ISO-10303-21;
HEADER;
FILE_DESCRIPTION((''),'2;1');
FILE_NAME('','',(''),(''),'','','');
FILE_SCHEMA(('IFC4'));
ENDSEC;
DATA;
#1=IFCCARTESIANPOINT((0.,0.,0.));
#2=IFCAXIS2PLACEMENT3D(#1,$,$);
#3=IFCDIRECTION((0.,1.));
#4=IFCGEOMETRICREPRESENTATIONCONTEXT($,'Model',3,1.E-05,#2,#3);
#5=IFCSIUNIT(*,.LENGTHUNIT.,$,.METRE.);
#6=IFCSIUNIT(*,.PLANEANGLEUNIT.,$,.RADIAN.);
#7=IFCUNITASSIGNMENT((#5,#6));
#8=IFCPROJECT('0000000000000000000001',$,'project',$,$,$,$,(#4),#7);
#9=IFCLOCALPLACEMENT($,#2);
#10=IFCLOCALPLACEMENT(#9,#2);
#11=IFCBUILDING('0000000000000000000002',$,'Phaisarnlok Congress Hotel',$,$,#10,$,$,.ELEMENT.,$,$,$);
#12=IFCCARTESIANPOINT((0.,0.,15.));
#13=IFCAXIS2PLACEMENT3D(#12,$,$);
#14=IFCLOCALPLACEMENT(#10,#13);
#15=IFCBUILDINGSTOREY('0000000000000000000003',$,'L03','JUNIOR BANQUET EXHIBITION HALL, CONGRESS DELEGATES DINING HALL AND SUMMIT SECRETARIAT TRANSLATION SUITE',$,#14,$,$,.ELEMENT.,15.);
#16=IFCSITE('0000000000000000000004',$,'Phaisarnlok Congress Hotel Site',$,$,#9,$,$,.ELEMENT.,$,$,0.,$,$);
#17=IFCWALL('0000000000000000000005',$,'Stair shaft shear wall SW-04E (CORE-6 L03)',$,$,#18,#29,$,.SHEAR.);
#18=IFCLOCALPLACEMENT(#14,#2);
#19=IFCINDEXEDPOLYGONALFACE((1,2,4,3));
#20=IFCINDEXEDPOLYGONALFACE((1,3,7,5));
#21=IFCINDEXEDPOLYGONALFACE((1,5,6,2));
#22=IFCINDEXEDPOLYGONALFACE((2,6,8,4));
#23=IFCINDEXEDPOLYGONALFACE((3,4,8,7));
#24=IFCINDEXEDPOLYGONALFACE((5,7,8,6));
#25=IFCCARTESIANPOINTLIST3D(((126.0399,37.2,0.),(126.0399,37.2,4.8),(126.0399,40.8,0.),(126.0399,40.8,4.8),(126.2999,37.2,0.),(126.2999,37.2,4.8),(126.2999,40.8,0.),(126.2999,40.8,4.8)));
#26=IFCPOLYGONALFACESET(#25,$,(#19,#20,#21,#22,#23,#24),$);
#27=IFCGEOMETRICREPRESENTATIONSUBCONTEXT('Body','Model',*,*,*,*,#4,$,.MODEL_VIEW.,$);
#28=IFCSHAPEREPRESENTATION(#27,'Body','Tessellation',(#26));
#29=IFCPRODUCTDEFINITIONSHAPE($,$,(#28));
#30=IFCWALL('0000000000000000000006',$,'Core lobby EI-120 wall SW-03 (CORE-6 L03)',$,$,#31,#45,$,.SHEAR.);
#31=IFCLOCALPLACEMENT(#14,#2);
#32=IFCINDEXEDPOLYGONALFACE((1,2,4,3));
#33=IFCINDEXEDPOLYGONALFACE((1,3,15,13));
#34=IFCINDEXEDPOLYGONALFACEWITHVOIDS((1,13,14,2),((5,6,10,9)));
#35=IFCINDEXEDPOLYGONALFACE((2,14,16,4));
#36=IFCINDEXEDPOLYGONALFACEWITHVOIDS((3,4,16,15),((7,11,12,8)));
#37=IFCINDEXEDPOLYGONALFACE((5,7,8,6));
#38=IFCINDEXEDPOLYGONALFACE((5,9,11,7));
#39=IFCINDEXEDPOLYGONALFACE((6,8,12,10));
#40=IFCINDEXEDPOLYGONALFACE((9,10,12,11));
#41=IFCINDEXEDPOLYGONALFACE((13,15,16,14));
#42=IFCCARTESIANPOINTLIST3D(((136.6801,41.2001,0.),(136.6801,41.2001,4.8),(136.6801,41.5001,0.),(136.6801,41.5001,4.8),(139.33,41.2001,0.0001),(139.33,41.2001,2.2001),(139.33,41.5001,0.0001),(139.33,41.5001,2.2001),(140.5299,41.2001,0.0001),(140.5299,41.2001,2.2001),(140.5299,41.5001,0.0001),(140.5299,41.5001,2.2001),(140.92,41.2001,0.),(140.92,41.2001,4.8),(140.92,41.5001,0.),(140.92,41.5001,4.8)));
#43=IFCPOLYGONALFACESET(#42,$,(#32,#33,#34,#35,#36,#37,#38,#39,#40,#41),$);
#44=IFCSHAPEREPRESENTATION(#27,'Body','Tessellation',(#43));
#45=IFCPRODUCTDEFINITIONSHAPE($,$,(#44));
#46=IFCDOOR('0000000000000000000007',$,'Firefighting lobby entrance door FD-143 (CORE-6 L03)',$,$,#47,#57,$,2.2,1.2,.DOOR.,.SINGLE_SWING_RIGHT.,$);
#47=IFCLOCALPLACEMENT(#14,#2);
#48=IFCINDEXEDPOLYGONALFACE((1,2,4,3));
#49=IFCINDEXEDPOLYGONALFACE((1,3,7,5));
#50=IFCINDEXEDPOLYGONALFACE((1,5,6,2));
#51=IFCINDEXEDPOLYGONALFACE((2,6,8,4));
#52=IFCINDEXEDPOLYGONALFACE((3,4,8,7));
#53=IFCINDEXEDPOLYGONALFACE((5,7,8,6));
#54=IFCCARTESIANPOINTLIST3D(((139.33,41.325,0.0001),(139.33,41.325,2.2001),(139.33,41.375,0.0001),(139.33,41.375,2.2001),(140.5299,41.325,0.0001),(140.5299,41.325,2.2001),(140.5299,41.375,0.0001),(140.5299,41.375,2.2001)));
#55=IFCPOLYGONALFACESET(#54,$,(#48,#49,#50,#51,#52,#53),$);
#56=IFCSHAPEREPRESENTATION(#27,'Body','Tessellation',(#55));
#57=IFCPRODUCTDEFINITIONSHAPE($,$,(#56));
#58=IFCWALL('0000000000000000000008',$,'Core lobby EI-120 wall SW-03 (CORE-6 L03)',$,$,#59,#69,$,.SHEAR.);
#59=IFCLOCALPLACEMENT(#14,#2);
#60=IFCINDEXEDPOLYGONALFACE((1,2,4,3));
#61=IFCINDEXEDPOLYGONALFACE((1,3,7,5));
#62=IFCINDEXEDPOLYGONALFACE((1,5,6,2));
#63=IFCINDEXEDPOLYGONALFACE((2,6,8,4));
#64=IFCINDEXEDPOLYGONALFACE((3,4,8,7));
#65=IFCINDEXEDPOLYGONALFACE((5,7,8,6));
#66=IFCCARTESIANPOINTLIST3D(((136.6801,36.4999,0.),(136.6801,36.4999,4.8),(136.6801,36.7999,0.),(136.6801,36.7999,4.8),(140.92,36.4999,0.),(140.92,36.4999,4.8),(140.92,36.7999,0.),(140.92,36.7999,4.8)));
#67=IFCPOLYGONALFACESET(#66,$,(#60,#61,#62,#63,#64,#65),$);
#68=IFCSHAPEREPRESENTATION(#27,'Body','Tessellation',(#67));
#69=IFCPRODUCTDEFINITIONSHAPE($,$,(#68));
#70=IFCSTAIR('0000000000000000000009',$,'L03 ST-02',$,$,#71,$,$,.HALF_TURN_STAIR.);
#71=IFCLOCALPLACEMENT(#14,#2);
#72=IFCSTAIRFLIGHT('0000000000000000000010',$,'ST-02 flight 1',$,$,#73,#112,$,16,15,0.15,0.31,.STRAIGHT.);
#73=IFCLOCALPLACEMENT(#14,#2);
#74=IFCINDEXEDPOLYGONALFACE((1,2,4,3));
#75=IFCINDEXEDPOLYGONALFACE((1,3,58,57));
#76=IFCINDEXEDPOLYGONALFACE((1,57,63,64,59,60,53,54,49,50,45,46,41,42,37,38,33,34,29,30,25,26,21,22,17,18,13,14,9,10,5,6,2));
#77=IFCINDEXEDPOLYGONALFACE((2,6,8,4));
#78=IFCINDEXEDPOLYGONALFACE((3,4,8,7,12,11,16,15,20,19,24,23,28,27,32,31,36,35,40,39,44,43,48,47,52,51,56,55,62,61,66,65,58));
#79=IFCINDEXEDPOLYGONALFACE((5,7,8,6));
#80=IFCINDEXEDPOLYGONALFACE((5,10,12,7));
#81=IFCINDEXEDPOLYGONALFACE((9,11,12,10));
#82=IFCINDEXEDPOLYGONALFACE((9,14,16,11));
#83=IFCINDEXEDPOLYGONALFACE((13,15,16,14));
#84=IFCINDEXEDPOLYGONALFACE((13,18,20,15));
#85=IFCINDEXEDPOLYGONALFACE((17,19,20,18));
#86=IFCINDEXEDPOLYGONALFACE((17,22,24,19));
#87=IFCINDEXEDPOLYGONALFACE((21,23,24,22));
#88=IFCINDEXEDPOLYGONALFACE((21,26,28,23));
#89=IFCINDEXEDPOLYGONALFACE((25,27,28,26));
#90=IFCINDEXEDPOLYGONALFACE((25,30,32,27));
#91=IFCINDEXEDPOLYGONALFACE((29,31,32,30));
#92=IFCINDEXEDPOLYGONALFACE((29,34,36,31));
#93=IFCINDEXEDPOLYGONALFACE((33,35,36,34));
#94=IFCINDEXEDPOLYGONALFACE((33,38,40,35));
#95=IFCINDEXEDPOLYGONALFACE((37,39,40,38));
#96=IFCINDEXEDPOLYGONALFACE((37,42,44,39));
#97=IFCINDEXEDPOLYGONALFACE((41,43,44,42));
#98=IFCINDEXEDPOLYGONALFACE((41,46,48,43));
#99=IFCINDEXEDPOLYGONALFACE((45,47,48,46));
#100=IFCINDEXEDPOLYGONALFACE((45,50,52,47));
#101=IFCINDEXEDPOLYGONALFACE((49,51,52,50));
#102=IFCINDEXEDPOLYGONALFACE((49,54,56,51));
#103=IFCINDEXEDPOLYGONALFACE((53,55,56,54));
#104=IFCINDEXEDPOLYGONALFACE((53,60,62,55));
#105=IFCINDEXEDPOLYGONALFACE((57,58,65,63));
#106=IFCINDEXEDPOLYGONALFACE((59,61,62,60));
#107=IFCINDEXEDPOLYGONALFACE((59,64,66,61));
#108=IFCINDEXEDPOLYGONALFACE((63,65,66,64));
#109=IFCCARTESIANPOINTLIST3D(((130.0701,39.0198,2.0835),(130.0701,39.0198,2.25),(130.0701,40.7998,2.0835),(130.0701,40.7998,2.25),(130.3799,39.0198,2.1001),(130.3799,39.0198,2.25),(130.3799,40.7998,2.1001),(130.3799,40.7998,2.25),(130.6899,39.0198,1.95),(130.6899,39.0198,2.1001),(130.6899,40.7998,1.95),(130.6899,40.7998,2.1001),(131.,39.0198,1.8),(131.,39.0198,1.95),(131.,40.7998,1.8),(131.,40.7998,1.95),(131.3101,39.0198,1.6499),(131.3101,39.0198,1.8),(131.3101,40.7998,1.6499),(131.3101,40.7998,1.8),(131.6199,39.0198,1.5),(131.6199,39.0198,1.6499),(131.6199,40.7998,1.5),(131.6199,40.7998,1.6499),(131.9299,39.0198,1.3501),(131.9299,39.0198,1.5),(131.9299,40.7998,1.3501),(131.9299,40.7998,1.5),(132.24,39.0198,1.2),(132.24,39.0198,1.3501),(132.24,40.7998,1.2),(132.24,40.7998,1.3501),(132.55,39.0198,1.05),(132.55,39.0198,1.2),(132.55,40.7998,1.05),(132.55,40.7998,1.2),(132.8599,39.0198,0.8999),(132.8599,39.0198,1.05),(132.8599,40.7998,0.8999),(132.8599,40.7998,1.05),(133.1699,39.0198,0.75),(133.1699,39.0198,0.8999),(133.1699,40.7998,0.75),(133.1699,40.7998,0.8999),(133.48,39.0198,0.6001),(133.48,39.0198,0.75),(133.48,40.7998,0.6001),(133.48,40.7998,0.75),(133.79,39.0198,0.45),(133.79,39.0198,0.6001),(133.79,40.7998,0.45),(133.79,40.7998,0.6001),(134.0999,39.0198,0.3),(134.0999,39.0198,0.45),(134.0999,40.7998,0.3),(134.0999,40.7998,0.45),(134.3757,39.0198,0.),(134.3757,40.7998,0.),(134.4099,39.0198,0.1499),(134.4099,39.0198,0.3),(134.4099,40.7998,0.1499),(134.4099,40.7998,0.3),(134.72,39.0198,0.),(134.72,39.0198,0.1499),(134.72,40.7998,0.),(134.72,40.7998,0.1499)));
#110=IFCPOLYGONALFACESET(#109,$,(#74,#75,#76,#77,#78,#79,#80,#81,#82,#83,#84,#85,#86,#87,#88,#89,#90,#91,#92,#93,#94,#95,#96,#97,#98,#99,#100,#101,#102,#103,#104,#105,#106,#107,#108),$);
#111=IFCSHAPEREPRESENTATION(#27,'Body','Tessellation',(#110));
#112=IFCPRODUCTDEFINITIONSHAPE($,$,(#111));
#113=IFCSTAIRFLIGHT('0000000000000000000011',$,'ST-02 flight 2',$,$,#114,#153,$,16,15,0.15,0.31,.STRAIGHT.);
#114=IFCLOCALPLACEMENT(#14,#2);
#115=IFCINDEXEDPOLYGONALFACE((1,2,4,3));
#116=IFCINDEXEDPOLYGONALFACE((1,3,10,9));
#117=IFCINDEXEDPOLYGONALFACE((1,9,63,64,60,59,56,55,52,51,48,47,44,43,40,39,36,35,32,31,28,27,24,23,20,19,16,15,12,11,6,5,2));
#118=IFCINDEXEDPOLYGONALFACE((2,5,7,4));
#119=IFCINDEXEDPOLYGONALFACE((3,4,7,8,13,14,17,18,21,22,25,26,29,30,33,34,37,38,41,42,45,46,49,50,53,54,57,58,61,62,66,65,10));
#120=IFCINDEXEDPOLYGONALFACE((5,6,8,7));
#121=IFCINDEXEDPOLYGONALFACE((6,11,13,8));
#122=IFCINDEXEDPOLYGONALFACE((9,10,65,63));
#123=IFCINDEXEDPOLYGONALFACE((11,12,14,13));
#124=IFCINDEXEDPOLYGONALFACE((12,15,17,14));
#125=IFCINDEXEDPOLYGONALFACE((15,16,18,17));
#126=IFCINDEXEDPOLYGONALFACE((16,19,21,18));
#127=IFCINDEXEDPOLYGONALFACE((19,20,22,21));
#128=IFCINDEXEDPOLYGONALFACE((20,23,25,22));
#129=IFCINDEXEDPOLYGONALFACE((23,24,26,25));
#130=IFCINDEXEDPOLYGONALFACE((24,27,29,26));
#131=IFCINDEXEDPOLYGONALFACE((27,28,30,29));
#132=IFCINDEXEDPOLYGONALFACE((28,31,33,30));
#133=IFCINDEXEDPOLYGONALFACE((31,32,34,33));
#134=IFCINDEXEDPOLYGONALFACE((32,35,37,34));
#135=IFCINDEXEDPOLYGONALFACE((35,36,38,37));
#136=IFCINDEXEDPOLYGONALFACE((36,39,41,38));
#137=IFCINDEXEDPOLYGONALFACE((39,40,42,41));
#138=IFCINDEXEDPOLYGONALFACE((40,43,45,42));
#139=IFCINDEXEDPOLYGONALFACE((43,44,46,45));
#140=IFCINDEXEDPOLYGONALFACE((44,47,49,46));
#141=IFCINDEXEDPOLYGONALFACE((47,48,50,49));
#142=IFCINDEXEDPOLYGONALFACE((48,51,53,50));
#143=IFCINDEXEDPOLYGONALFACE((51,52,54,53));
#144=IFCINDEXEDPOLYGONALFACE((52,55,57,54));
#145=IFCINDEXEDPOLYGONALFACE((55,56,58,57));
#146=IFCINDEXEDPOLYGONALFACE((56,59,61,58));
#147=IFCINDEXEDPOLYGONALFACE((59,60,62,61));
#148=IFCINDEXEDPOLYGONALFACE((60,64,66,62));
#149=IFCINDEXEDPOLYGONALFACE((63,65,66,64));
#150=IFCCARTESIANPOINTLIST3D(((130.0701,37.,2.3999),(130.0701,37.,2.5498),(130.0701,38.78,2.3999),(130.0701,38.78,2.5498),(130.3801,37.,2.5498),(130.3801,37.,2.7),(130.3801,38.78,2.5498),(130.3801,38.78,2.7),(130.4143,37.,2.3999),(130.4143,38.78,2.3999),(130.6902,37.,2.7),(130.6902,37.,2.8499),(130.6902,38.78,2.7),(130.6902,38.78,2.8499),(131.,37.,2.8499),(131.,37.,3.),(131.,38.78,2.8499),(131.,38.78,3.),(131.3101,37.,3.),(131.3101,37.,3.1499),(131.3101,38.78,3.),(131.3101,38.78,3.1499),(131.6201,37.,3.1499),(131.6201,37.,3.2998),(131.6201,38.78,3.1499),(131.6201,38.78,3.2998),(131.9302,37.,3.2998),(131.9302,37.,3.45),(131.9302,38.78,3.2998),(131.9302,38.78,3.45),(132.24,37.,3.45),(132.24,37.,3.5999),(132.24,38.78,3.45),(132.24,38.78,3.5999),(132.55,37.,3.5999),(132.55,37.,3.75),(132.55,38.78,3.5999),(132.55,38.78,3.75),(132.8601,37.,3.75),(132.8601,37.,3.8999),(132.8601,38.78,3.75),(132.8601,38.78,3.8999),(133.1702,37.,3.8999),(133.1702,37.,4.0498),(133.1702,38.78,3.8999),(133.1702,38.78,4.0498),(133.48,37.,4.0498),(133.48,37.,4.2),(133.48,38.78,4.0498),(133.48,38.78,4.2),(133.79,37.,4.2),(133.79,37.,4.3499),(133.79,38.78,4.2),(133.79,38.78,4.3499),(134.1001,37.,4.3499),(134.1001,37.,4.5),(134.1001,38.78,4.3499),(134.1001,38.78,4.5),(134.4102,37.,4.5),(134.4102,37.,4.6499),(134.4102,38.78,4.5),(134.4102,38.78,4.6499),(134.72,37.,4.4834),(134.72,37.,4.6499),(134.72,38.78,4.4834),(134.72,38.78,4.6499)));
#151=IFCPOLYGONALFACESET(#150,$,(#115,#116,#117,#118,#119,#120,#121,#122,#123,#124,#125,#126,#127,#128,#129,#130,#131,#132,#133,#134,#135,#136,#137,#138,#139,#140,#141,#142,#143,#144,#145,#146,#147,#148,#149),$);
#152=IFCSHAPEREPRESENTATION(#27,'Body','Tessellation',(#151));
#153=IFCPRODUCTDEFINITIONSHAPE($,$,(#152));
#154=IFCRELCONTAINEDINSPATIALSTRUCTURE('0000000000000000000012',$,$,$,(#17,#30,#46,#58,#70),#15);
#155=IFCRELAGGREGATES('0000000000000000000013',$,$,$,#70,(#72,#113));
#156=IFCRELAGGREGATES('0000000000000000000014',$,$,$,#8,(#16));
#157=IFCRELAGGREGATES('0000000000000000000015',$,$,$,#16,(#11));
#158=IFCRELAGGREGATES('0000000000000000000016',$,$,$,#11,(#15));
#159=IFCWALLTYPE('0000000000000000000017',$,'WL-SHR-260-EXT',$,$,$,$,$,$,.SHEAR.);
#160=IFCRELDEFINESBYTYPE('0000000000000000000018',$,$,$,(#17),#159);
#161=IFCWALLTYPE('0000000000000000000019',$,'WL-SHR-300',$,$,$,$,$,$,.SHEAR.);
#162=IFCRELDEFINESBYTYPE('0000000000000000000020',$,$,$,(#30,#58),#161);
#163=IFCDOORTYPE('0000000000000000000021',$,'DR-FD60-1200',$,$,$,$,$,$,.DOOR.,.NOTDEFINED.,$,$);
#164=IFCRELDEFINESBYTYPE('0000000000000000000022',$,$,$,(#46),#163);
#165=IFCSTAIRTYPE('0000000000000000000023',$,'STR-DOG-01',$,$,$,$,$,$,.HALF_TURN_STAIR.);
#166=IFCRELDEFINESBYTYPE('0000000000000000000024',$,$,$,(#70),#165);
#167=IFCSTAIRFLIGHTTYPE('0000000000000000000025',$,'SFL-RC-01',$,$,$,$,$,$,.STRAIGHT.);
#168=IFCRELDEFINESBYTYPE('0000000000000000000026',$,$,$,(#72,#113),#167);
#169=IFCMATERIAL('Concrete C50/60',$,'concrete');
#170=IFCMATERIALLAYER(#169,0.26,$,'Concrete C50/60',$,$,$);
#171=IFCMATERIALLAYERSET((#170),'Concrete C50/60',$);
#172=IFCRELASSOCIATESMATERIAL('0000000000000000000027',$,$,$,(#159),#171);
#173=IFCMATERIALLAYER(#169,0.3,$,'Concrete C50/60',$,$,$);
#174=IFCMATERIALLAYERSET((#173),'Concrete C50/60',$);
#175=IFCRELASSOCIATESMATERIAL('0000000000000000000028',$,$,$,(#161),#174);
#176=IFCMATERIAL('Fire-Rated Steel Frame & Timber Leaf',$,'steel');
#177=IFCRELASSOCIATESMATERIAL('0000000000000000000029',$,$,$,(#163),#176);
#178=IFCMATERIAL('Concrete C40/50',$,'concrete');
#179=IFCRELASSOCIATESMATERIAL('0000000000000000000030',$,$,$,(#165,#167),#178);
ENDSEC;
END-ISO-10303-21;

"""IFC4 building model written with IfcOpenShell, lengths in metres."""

from ifc_helpers import new_model, si_unit, direction, frame, frame_2d, origin, place, context, subcontext, project, spatial, polyline, rectangle, outline, extrude, material, layer, layer_set, type_object, element, fill, aggregate, save


model = new_model("IFC4")

# Units and contexts
model_context = context("Model", 3, precision=1e-05, world=origin(), true_north=direction((0.0, 1.0)))
body_context = subcontext(model_context, "Body", "Model", "MODEL_VIEW")
ifc_project = project(units=[si_unit("LENGTHUNIT", "METRE"), si_unit("PLANEANGLEUNIT", "RADIAN")], contexts=[model_context])

# Site, building, storey
site_placement = place(None, origin())
site = spatial("IfcSite", under=ifc_project, at=site_placement, Name="Phaisarnlok Congress Hotel Site", CompositionType="ELEMENT", RefElevation=0.0)
building_placement = place(site_placement, origin())
building = spatial("IfcBuilding", under=site, at=building_placement, Name="Phaisarnlok Congress Hotel", CompositionType="ELEMENT")
storey_placement = place(building_placement, frame((0.0, 0.0, 15.0)))
storey = spatial("IfcBuildingStorey", under=building, at=storey_placement, Name="L03", Description="JUNIOR BANQUET EXHIBITION HALL, CONGRESS DELEGATES DINING HALL AND SUMMIT SECRETARIAT TRANSLATION SUITE", CompositionType="ELEMENT", Elevation=15.0)

# Shared definitions
ifc_material_1 = material(Name="Concrete C40/50", Category="concrete")

# Shared definitions
ifc_material_2 = material(Name="Concrete C50/60", Category="concrete")
ifc_material_3 = material(Name="Fire-Rated Steel Frame & Timber Leaf", Category="steel")

# Wall
ifc_layer_1 = layer(ifc_material_2, 0.26, Name="Concrete C50/60")
ifc_layer_set_1 = layer_set([ifc_layer_1], Name="Concrete C50/60")
wall_type_1 = type_object("IfcWallType", Name="WL-SHR-260-EXT", PredefinedType="SHEAR", material=ifc_layer_set_1)
wall_1_placement = place(storey_placement, frame((126.1699, 37.2, 0.0), z_axis=(0.0, 0.0, 1.0), x_axis=(0.0, 1.0, 0.0)))
element("IfcWall", 1, at=wall_1_placement, inside=storey, type_object=wall_type_1, Name="Stair shaft shear wall SW-04E (CORE-6 L03)", PredefinedType="SHEAR", context=body_context, shape_type="SweptSolid", body=[
    extrude(rectangle(XDim=3.6001, YDim=0.26, at=frame_2d((1.8, 0.0))), origin(), (0.0, 0.0, 1.0), 4.8),
])

# Wall, opening, door
ifc_layer_2 = layer(ifc_material_2, 0.3, Name="Concrete C50/60")
ifc_layer_set_2 = layer_set([ifc_layer_2], Name="Concrete C50/60")
wall_type_2 = type_object("IfcWallType", Name="WL-SHR-300", PredefinedType="SHEAR", material=ifc_layer_set_2)
wall_2_placement = place(storey_placement, frame((136.6799, 41.3501, 0.0), z_axis=(0.0, 0.0, 1.0), x_axis=(1.0, 0.0, 0.0)))
wall_2 = element("IfcWall", 2, at=wall_2_placement, inside=storey, type_object=wall_type_2, Name="Core lobby EI-120 wall SW-03 (CORE-6 L03)", PredefinedType="SHEAR", context=body_context, shape_type="SweptSolid", body=[
    extrude(rectangle(XDim=4.24, YDim=0.3, at=frame_2d((2.1201, 0.0))), origin(), (0.0, 0.0, 1.0), 4.8),
])
opening_1_placement = place(wall_2_placement, frame((2.6499, 0.0, 0.0)))
opening_1 = element("IfcOpeningElement", 3, at=opening_1_placement, cuts=wall_2, PredefinedType="OPENING", context=body_context, shape_type="SweptSolid", body=[
    extrude(rectangle(XDim=1.2, YDim=2.2, at=frame_2d((0.6001, 1.1001))), frame((0.0, 0.1602, 0.0), z_axis=(0.0, -1.0, 0.0), x_axis=(1.0, 0.0, 0.0)), (0.0, 0.0, 1.0), 0.3201),
])
door_type_1 = type_object("IfcDoorType", Name="DR-FD60-1200", OperationType="NOTDEFINED", PredefinedType="DOOR", material=ifc_material_3)
door_1_placement = place(opening_1_placement, origin())
door_1 = element("IfcDoor", 4, at=door_1_placement, inside=storey, type_object=door_type_1, Name="Firefighting lobby entrance door FD-143 (CORE-6 L03)", OperationType="SINGLE_SWING_RIGHT", OverallHeight=2.2, OverallWidth=1.2, PredefinedType="DOOR", context=body_context, shape_type="SweptSolid", body=[
    extrude(rectangle(XDim=1.2, YDim=2.2, at=frame_2d((0.6001, 1.1001))), frame((0.0, 0.0249, 0.0), z_axis=(0.0, -1.0, 0.0), x_axis=(1.0, 0.0, 0.0)), (0.0, 0.0, 1.0), 0.05),
])
fill(opening_1, door_1)

# Wall
wall_3_placement = place(storey_placement, frame((136.6799, 36.6499, 0.0), z_axis=(0.0, 0.0, 1.0), x_axis=(1.0, 0.0, 0.0)))
element("IfcWall", 5, at=wall_3_placement, inside=storey, type_object=wall_type_2, Name="Core lobby EI-120 wall SW-03 (CORE-6 L03)", PredefinedType="SHEAR", context=body_context, shape_type="SweptSolid", body=[
    extrude(rectangle(XDim=4.24, YDim=0.3, at=frame_2d((2.1201, 0.0))), origin(), (0.0, 0.0, 1.0), 4.8),
])

# Stair, stair flights
stair_type = type_object("IfcStairType", Name="STR-DOG-01", PredefinedType="HALF_TURN_STAIR", material=ifc_material_1)
stair_placement = place(storey_placement, origin())
stair = element("IfcStair", 6, at=stair_placement, inside=storey, type_object=stair_type, Name="L03 ST-02", PredefinedType="HALF_TURN_STAIR")
stair_flight_type = type_object("IfcStairFlightType", Name="SFL-RC-01", PredefinedType="STRAIGHT", material=ifc_material_1)
stair_flight_1_placement = place(storey_placement, frame((134.72, 39.9099, 0.0), z_axis=(0.0, 0.0, 1.0), x_axis=(-1.0, 0.0, 0.0)))
stair_flight_1 = element("IfcStairFlight", 7, at=stair_flight_1_placement, type_object=stair_flight_type, Name="ST-02 flight 1", NumberOfRisers=16, NumberOfTreads=15, PredefinedType="STRAIGHT", RiserHeight=0.15, TreadLength=0.31, context=body_context, shape_type="SweptSolid", body=[
    extrude(outline(polyline([(0.0, 0.0), (0.0, 0.1499), (0.3101, 0.1499), (0.3101, 0.3), (0.6201, 0.3), (0.6201, 0.45), (0.9299, 0.45), (0.9299, 0.6001), (1.24, 0.6001), (1.24, 0.75), (1.55, 0.75), (1.55, 0.8999), (1.8601, 0.8999), (1.8601, 1.05), (2.1699, 1.05), (2.1699, 1.2), (2.48, 1.2), (2.48, 1.3501), (2.79, 1.3501), (2.79, 1.5), (3.1001, 1.5), (3.1001, 1.6499), (3.4099, 1.6499), (3.4099, 1.8), (3.72, 1.8), (3.72, 1.95), (4.03, 1.95), (4.03, 2.1001), (4.3401, 2.1001), (4.3401, 2.25), (4.6499, 2.25), (4.6499, 2.3999), (4.6499, 2.0835), (0.3442, 0.0), (0.0, 0.0)])), frame((0.0, 0.8901, 0.0), z_axis=(0.0, -1.0, 0.0), x_axis=(1.0, 0.0, 0.0)), (0.0, 0.0, 1.0), 1.78),
])
stair_flight_2_placement = place(storey_placement, frame((130.0701, 37.8899, 2.3999), z_axis=(0.0, 0.0, 1.0), x_axis=(1.0, 0.0, 0.0)))
stair_flight_2 = element("IfcStairFlight", 8, at=stair_flight_2_placement, type_object=stair_flight_type, Name="ST-02 flight 2", NumberOfRisers=16, NumberOfTreads=15, PredefinedType="STRAIGHT", RiserHeight=0.15, TreadLength=0.31, context=body_context, shape_type="SweptSolid", body=[
    extrude(outline(polyline([(0.0, 0.0), (0.0, 0.1499), (0.3101, 0.1499), (0.3101, 0.3), (0.6201, 0.3), (0.6201, 0.45), (0.9299, 0.45), (0.9299, 0.6001), (1.24, 0.6001), (1.24, 0.75), (1.55, 0.75), (1.55, 0.8999), (1.8601, 0.8999), (1.8601, 1.05), (2.1699, 1.05), (2.1699, 1.2), (2.48, 1.2), (2.48, 1.3501), (2.79, 1.3501), (2.79, 1.5), (3.1001, 1.5), (3.1001, 1.6499), (3.4099, 1.6499), (3.4099, 1.8), (3.72, 1.8), (3.72, 1.95), (4.03, 1.95), (4.03, 2.1001), (4.3401, 2.1001), (4.3401, 2.25), (4.6499, 2.25), (4.6499, 2.3999), (4.6499, 2.0835), (0.3442, 0.0), (0.0, 0.0)])), frame((0.0, 0.8901, 0.0), z_axis=(0.0, -1.0, 0.0), x_axis=(1.0, 0.0, 0.0)), (0.0, 0.0, 1.0), 1.78),
])
aggregate(stair, [stair_flight_1, stair_flight_2])

save(model, "model.ifc")
